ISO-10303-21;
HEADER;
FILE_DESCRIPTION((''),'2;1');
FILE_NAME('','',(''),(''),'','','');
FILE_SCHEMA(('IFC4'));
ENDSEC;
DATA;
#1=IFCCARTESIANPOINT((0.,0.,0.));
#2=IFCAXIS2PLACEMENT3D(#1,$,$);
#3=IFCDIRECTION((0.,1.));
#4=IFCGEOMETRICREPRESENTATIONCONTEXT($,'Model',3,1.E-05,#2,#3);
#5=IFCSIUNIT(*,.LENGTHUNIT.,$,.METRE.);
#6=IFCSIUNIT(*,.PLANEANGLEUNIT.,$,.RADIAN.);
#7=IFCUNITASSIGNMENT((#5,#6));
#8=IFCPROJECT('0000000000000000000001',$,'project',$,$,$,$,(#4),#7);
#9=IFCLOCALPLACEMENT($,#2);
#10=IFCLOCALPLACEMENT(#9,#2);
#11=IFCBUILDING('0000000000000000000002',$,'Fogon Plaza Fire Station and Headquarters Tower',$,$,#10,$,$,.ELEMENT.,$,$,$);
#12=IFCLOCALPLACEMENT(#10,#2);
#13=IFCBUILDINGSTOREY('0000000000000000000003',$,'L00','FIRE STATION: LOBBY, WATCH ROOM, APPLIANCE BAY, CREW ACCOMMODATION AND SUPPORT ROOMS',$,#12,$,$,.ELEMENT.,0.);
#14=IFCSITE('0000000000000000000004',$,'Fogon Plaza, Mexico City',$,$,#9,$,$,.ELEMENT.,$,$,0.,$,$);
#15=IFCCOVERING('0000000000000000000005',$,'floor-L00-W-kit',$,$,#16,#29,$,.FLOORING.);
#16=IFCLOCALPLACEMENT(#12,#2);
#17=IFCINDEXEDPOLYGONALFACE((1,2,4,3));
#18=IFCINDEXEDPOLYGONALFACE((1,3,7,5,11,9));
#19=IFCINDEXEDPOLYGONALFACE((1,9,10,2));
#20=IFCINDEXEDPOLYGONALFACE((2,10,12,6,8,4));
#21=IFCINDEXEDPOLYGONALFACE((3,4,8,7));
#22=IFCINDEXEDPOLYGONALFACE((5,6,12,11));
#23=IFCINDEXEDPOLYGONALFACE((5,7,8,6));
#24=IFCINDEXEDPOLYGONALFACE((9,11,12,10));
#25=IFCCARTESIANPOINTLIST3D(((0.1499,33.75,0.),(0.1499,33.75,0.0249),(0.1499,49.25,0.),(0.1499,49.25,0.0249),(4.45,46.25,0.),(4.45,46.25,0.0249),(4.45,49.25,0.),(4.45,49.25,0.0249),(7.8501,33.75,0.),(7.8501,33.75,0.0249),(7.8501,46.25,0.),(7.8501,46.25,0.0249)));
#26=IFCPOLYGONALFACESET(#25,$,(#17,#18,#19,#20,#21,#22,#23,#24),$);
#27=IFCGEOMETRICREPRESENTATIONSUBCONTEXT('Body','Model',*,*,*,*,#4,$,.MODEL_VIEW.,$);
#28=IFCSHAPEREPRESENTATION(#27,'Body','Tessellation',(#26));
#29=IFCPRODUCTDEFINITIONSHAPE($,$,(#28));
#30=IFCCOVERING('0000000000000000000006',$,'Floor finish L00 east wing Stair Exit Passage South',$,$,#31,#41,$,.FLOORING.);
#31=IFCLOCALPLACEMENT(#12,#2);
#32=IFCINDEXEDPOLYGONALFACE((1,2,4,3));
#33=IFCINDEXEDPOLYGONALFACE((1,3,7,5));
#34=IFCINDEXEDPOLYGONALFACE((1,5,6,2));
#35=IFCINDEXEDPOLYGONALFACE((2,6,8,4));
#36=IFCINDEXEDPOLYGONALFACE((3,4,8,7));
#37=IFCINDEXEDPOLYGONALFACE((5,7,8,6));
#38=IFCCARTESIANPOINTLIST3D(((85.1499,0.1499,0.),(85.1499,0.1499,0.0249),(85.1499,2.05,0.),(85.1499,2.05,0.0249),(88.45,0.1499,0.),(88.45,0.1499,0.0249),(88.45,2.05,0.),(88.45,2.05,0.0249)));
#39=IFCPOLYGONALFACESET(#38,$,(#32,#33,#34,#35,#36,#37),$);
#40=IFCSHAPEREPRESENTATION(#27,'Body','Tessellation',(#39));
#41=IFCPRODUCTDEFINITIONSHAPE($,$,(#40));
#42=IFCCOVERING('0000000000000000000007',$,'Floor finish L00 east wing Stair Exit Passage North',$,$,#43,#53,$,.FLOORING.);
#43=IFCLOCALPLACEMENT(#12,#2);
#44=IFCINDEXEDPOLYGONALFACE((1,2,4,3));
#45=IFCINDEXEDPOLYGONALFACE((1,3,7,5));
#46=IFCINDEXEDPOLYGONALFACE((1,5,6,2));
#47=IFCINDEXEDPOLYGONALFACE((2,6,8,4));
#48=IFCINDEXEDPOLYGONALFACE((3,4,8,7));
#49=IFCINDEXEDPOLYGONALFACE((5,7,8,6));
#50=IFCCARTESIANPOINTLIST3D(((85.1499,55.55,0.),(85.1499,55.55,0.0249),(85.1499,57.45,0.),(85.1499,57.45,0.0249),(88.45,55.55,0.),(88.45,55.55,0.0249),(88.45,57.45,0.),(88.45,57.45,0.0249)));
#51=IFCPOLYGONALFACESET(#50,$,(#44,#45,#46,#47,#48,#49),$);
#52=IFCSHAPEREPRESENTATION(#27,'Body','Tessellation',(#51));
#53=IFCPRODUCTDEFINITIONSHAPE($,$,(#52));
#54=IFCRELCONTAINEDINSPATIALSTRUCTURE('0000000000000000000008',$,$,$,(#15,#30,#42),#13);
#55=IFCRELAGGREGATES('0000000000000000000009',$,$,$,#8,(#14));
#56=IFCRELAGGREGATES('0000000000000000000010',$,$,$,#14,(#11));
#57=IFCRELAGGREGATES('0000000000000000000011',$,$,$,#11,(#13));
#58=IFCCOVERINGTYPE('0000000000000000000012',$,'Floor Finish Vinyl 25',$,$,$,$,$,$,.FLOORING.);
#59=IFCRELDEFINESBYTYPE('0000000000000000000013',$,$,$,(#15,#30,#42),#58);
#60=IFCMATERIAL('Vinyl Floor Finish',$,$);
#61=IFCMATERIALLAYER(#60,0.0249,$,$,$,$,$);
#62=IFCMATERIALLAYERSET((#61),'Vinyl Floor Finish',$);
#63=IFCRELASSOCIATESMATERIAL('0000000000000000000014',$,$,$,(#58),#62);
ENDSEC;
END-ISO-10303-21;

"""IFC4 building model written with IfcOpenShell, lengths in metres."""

from ifc_helpers import new_model, si_unit, direction, origin, place, context, subcontext, project, spatial, polyline, outline, extrude, material, layer, layer_set, type_object, element, save


model = new_model("IFC4")

# Units and contexts
model_context = context("Model", 3, precision=1e-05, world=origin(), true_north=direction((0.0, 1.0)))
body_context = subcontext(model_context, "Body", "Model", "MODEL_VIEW")
ifc_project = project(units=[si_unit("LENGTHUNIT", "METRE"), si_unit("PLANEANGLEUNIT", "RADIAN")], contexts=[model_context])

# Site, building, storey
site_placement = place(None, origin())
site = spatial("IfcSite", under=ifc_project, at=site_placement, Name="Fogon Plaza, Mexico City", CompositionType="ELEMENT", RefElevation=0.0)
building_placement = place(site_placement, origin())
building = spatial("IfcBuilding", under=site, at=building_placement, Name="Fogon Plaza Fire Station and Headquarters Tower", CompositionType="ELEMENT")
storey_placement = place(building_placement, origin())
storey = spatial("IfcBuildingStorey", under=building, at=storey_placement, Name="L00", Description="FIRE STATION: LOBBY, WATCH ROOM, APPLIANCE BAY, CREW ACCOMMODATION AND SUPPORT ROOMS", CompositionType="ELEMENT", Elevation=0.0)

# Coverings
ifc_material_1 = material(Name="Vinyl Floor Finish")
ifc_layer_1 = layer(ifc_material_1, 0.0249)
ifc_layer_set_1 = layer_set([ifc_layer_1], Name="Vinyl Floor Finish")
covering_type_1 = type_object("IfcCoveringType", Name="Floor Finish Vinyl 25", PredefinedType="FLOORING", material=ifc_layer_set_1)
covering_1_placement = place(storey_placement, origin())
element("IfcCovering", 1, at=covering_1_placement, inside=storey, type_object=covering_type_1, Name="floor-L00-W-kit", PredefinedType="FLOORING", context=body_context, shape_type="SweptSolid", body=[
    extrude(outline(polyline([(0.1499, 33.75), (0.1499, 49.25), (4.45, 49.25), (4.45, 46.25), (7.8501, 46.25), (7.8501, 33.75), (0.1499, 33.75)])), origin(), (0.0, 0.0, 1.0), 0.0249),
])
covering_2_placement = place(storey_placement, origin())
element("IfcCovering", 2, at=covering_2_placement, inside=storey, type_object=covering_type_1, Name="Floor finish L00 east wing Stair Exit Passage South", PredefinedType="FLOORING", context=body_context, shape_type="SweptSolid", body=[
    extrude(outline(polyline([(85.1499, 0.1499), (85.1499, 2.05), (88.45, 2.05), (88.45, 0.1499), (85.1499, 0.1499)])), origin(), (0.0, 0.0, 1.0), 0.0249),
])
covering_3_placement = place(storey_placement, origin())
element("IfcCovering", 3, at=covering_3_placement, inside=storey, type_object=covering_type_1, Name="Floor finish L00 east wing Stair Exit Passage North", PredefinedType="FLOORING", context=body_context, shape_type="SweptSolid", body=[
    extrude(outline(polyline([(85.1499, 55.55), (85.1499, 57.45), (88.45, 57.45), (88.45, 55.55), (85.1499, 55.55)])), origin(), (0.0, 0.0, 1.0), 0.0249),
])

save(model, "model.ifc")
